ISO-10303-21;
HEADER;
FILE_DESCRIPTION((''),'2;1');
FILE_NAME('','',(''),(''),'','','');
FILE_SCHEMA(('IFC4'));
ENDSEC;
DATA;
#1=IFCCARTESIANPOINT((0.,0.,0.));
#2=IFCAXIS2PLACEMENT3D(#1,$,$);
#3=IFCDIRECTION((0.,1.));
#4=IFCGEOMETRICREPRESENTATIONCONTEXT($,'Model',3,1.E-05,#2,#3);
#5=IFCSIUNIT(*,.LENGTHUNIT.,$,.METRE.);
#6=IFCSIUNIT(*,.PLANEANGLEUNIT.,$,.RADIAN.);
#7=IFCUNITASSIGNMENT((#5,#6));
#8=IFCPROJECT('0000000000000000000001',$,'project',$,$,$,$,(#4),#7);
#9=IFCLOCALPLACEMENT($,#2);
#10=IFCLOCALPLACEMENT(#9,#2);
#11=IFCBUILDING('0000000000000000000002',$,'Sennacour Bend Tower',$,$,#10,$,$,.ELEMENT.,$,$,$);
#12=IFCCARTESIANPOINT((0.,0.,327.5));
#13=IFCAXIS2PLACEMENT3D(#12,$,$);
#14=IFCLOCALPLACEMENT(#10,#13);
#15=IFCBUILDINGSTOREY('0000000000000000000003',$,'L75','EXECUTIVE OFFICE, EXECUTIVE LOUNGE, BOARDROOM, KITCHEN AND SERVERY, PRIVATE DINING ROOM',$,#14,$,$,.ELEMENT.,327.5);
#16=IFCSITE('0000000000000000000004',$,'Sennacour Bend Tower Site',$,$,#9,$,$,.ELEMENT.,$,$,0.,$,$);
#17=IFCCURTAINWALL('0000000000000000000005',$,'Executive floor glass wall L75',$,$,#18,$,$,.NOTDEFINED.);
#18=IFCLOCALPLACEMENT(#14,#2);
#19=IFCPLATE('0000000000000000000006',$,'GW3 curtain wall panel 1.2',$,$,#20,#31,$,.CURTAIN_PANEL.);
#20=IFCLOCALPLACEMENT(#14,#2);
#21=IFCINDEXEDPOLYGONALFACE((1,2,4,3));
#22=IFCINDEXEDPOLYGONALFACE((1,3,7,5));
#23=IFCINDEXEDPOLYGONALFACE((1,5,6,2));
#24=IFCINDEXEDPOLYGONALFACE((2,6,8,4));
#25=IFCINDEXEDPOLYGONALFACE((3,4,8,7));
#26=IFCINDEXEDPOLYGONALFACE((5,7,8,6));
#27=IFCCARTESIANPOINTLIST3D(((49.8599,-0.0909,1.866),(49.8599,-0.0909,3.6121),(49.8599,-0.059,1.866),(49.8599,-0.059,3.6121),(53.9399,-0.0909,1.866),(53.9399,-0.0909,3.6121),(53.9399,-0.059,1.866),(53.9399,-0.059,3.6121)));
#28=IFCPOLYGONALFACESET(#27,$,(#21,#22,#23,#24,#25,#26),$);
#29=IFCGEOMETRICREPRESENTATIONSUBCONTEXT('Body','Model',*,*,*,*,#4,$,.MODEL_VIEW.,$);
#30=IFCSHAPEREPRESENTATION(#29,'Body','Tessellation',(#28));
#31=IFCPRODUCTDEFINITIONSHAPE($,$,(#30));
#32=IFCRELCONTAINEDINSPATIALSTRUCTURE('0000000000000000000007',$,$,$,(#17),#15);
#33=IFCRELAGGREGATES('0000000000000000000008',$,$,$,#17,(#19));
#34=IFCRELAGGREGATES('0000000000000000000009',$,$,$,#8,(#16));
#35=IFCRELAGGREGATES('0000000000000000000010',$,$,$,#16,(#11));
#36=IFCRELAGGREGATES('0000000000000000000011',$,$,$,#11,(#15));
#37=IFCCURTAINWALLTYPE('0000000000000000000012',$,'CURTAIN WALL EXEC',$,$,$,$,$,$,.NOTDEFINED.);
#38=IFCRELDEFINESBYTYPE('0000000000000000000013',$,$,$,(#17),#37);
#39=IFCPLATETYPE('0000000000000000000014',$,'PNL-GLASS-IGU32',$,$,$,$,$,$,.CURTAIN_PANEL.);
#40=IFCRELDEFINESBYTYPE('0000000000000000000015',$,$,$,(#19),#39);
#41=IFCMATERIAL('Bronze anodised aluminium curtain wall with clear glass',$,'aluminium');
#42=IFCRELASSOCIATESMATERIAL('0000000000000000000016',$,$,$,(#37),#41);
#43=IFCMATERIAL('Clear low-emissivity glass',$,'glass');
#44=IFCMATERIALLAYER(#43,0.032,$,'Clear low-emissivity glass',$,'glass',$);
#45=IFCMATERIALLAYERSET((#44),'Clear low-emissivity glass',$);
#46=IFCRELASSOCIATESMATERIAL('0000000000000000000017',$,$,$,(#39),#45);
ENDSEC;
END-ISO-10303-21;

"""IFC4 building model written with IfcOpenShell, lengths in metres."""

from ifc_helpers import new_model, si_unit, direction, frame, origin, origin_2d, place, context, subcontext, project, spatial, rectangle, extrude, material, layer, layer_set, type_object, element, aggregate, save


model = new_model("IFC4")

# Units and contexts
model_context = context("Model", 3, precision=1e-05, world=origin(), true_north=direction((0.0, 1.0)))
body_context = subcontext(model_context, "Body", "Model", "MODEL_VIEW")
ifc_project = project(units=[si_unit("LENGTHUNIT", "METRE"), si_unit("PLANEANGLEUNIT", "RADIAN")], contexts=[model_context])

# Site, building, storey
site_placement = place(None, origin())
site = spatial("IfcSite", under=ifc_project, at=site_placement, Name="Sennacour Bend Tower Site", CompositionType="ELEMENT", RefElevation=0.0)
building_placement = place(site_placement, origin())
building = spatial("IfcBuilding", under=site, at=building_placement, Name="Sennacour Bend Tower", CompositionType="ELEMENT")
storey_placement = place(building_placement, frame((0.0, 0.0, 327.5)))
storey = spatial("IfcBuildingStorey", under=building, at=storey_placement, Name="L75", Description="EXECUTIVE OFFICE, EXECUTIVE LOUNGE, BOARDROOM, KITCHEN AND SERVERY, PRIVATE DINING ROOM", CompositionType="ELEMENT", Elevation=327.5)

# Shared definitions
ifc_material_1 = material(Name="Bronze anodised aluminium curtain wall with clear glass", Category="aluminium")
curtain_wall_type = type_object("IfcCurtainWallType", Name="CURTAIN WALL EXEC", PredefinedType="NOTDEFINED", material=ifc_material_1)

# Curtain wall
curtain_wall_1_placement = place(storey_placement, origin())
curtain_wall_1 = element("IfcCurtainWall", 1, at=curtain_wall_1_placement, inside=storey, type_object=curtain_wall_type, Name="Executive floor glass wall L75", PredefinedType="NOTDEFINED")

# Plate
ifc_material_2 = material(Name="Clear low-emissivity glass", Category="glass")
ifc_layer = layer(ifc_material_2, 0.032, Name="Clear low-emissivity glass", Category="glass")
ifc_layer_set = layer_set([ifc_layer], Name="Clear low-emissivity glass")
plate_type = type_object("IfcPlateType", Name="PNL-GLASS-IGU32", PredefinedType="CURTAIN_PANEL", material=ifc_layer_set)
plate_1_placement = place(storey_placement, frame((51.8999, -0.075, 1.866), z_axis=(0.0, 0.0, 1.0), x_axis=(1.0, 0.0, 0.0)))
plate_1 = element("IfcPlate", 2, at=plate_1_placement, type_object=plate_type, Name="GW3 curtain wall panel 1.2", PredefinedType="CURTAIN_PANEL", context=body_context, shape_type="SweptSolid", body=[
    extrude(rectangle(XDim=4.0801, YDim=0.032, at=origin_2d()), origin(), (0.0, 0.0, 1.0), 1.7461),
])
aggregate(curtain_wall_1, [plate_1])

save(model, "model.ifc")
